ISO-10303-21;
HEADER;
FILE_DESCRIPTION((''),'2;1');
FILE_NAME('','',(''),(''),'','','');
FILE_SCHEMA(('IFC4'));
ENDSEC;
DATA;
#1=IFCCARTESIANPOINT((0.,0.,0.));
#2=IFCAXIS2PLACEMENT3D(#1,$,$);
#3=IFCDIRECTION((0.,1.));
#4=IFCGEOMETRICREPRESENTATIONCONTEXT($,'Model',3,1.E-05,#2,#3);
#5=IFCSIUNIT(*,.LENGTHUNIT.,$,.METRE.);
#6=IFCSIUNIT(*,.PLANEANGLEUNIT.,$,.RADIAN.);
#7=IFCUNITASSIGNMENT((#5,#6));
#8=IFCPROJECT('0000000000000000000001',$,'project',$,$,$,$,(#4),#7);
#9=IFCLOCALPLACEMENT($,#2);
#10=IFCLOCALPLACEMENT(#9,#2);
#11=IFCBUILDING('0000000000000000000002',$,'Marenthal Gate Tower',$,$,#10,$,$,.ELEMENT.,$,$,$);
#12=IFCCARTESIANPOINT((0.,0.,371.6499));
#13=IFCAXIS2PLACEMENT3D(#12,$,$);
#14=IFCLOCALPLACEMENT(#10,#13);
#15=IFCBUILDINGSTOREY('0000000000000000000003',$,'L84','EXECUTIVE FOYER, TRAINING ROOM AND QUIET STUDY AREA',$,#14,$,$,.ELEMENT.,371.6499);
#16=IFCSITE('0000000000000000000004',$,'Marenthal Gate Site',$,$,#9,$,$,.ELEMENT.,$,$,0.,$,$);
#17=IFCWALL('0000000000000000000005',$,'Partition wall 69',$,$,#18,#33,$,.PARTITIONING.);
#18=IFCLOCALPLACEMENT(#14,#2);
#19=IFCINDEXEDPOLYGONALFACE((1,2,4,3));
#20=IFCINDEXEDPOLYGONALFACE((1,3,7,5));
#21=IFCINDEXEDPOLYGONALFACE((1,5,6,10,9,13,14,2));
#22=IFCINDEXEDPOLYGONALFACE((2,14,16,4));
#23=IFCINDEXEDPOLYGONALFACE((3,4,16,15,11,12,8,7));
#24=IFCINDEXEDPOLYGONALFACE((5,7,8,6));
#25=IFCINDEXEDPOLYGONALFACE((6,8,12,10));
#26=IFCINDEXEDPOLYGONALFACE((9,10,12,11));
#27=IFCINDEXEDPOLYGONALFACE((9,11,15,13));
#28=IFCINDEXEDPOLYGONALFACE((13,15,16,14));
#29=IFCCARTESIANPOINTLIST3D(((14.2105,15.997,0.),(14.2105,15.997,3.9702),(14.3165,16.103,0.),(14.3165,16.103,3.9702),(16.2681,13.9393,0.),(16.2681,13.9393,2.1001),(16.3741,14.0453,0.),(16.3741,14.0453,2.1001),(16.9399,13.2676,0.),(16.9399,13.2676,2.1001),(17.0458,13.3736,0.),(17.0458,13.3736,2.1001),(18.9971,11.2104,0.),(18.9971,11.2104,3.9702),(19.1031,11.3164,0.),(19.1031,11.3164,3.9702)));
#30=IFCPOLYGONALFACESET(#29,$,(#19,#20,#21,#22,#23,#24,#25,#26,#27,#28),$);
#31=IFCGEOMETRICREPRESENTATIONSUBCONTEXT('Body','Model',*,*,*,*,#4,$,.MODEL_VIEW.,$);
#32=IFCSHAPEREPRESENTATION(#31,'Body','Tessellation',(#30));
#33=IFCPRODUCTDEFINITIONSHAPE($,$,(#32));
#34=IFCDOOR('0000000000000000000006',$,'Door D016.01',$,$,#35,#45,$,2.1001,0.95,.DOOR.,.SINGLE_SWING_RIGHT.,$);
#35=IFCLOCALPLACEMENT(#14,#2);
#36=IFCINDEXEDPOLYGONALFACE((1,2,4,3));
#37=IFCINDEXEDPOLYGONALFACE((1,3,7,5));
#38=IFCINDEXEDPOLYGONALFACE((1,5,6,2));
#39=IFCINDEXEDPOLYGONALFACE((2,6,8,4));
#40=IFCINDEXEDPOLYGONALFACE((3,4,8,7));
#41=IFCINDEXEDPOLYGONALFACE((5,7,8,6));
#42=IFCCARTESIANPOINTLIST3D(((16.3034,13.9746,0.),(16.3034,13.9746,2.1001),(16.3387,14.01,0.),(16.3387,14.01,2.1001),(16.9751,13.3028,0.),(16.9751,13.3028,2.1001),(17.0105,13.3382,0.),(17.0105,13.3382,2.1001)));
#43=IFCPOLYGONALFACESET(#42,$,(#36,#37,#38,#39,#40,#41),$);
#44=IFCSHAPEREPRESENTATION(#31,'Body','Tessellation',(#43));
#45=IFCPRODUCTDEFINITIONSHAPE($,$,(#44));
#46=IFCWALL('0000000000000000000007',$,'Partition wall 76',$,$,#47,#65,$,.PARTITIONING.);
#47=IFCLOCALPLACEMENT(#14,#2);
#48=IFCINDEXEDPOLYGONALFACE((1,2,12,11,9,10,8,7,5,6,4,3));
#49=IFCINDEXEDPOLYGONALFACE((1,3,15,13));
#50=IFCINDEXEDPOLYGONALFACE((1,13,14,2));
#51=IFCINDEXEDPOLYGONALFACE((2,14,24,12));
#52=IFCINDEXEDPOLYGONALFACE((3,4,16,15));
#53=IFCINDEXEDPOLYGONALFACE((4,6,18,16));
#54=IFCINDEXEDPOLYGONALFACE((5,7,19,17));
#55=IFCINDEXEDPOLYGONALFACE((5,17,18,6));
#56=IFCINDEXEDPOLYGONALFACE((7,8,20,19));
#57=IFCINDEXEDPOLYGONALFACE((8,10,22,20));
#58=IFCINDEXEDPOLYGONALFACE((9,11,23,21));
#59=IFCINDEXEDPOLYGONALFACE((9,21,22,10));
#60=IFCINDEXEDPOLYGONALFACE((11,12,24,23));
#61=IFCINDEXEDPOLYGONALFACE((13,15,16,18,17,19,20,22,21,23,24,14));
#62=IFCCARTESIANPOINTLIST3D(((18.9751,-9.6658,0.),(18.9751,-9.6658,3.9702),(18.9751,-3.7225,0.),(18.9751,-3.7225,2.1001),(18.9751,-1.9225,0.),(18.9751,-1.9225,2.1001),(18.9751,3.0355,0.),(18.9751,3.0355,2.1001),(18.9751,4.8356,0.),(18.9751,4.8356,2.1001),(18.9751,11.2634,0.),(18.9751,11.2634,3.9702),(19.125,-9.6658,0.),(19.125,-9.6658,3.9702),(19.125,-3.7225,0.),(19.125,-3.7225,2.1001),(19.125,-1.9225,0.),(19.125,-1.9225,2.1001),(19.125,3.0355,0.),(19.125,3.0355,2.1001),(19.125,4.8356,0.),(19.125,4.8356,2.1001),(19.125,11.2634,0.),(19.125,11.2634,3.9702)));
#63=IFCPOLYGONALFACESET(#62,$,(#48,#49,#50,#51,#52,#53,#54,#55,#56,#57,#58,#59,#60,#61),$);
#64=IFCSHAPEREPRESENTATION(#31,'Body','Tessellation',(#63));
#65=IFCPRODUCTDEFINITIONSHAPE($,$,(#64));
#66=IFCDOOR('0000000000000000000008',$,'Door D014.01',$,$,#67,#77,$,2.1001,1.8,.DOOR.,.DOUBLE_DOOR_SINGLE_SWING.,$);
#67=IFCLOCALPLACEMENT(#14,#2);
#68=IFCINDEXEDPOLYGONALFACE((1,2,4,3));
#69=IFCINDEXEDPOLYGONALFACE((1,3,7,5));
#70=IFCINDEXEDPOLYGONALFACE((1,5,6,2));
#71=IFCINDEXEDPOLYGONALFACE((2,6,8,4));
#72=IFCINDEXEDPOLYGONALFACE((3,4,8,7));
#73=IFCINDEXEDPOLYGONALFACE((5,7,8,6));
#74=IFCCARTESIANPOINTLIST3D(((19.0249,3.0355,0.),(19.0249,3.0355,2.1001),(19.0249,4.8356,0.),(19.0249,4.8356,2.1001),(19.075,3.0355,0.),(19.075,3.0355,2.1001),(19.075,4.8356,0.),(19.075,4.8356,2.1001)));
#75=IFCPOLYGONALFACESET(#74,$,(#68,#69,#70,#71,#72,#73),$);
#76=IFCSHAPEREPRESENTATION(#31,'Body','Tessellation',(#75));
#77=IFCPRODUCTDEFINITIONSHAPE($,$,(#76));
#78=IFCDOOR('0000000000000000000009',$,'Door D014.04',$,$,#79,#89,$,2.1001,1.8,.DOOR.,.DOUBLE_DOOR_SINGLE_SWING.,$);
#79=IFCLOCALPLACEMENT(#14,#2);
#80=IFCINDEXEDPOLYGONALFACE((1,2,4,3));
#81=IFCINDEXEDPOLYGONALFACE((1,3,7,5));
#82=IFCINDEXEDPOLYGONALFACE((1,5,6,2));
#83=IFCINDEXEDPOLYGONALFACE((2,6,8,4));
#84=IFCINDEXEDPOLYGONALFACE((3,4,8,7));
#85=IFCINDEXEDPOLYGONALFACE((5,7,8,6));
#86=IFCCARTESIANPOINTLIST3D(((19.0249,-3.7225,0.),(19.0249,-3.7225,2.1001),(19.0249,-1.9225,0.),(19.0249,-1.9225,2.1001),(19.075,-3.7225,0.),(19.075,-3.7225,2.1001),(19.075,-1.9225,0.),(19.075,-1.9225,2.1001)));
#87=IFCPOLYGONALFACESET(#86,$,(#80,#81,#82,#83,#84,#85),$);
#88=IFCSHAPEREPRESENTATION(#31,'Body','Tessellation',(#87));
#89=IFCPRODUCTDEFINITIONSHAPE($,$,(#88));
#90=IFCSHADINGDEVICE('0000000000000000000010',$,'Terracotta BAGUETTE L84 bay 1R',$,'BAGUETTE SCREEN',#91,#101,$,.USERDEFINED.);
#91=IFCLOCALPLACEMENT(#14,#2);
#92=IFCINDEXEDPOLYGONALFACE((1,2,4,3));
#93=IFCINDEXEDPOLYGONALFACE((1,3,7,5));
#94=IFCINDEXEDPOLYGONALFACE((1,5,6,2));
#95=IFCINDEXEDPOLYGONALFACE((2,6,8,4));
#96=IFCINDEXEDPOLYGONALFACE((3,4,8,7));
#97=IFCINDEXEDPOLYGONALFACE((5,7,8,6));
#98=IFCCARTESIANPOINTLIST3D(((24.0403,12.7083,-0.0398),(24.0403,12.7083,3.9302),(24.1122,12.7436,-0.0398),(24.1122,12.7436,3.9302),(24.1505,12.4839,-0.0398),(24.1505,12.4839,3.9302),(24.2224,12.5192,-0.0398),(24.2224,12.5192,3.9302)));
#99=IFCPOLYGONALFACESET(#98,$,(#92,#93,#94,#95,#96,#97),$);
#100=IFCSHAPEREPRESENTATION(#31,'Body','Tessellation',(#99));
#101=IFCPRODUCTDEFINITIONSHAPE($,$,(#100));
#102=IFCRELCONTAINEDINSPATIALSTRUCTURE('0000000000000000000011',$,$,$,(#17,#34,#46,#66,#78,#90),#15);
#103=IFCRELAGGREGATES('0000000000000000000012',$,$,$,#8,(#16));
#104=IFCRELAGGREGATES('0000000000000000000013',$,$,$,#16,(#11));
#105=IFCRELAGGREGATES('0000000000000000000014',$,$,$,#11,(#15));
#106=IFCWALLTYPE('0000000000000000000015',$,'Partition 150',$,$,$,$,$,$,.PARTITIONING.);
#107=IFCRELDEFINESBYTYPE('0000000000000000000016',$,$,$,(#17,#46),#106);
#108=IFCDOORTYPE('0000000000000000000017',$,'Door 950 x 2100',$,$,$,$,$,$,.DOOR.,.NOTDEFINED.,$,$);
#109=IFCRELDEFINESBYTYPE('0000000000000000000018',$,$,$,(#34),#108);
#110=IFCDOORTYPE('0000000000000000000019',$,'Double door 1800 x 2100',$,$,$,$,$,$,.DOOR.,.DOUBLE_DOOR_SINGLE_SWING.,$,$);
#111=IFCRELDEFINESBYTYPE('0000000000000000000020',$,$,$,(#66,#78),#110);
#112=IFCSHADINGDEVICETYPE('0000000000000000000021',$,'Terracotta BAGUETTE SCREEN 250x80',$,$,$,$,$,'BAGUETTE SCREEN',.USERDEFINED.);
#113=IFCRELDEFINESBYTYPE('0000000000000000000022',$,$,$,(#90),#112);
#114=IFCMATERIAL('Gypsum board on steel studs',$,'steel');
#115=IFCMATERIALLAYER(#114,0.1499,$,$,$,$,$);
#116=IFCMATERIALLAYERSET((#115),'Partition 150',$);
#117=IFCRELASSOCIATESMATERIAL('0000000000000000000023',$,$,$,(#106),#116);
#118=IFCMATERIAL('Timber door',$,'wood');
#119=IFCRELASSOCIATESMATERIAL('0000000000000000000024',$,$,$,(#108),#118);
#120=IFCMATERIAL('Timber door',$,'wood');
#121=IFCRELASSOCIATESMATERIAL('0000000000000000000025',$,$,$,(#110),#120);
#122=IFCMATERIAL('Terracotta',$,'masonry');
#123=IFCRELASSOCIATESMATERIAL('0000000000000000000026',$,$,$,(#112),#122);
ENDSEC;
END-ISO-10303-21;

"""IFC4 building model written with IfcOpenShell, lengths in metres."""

from ifc_helpers import new_model, si_unit, direction, frame, frame_2d, origin, origin_2d, place, context, subcontext, project, spatial, rectangle, extrude, material, layer, layer_set, material_profile, profile_set, type_object, element, fill, save


model = new_model("IFC4")

# Units and contexts
model_context = context("Model", 3, precision=1e-05, world=origin(), true_north=direction((0.0, 1.0)))
body_context = subcontext(model_context, "Body", "Model", "MODEL_VIEW")
ifc_project = project(units=[si_unit("LENGTHUNIT", "METRE"), si_unit("PLANEANGLEUNIT", "RADIAN")], contexts=[model_context])

# Site, building, storey
site_placement = place(None, origin())
site = spatial("IfcSite", under=ifc_project, at=site_placement, Name="Marenthal Gate Site", CompositionType="ELEMENT", RefElevation=0.0)
building_placement = place(site_placement, origin())
building = spatial("IfcBuilding", under=site, at=building_placement, Name="Marenthal Gate Tower", CompositionType="ELEMENT")
storey_placement = place(building_placement, frame((0.0, 0.0, 371.6499)))
storey = spatial("IfcBuildingStorey", under=building, at=storey_placement, Name="L84", Description="EXECUTIVE FOYER, TRAINING ROOM AND QUIET STUDY AREA", CompositionType="ELEMENT", Elevation=371.6499)

# Wall, opening, door
ifc_material_1 = material(Name="Gypsum board on steel studs", Category="steel")
ifc_layer_1 = layer(ifc_material_1, 0.1499)
ifc_layer_set_1 = layer_set([ifc_layer_1], Name="Partition 150")
wall_type_1 = type_object("IfcWallType", Name="Partition 150", PredefinedType="PARTITIONING", material=ifc_layer_set_1)
wall_1_placement = place(storey_placement, frame((14.2634, 16.05, 0.0), z_axis=(0.0, 0.0, 1.0), x_axis=(0.707107, -0.707107, 0.0)))
wall_1 = element("IfcWall", 1, at=wall_1_placement, inside=storey, type_object=wall_type_1, Name="Partition wall 69", PredefinedType="PARTITIONING", context=body_context, shape_type="SweptSolid", body=[
    extrude(rectangle(XDim=6.7693, YDim=0.1499, at=frame_2d((3.3848, 0.0))), origin(), (0.0, 0.0, 1.0), 3.9702),
])
opening_1_placement = place(wall_1_placement, frame((2.9099, 0.0, 0.0)))
opening_1 = element("IfcOpeningElement", 2, at=opening_1_placement, cuts=wall_1, PredefinedType="OPENING", context=body_context, shape_type="SweptSolid", body=[
    extrude(rectangle(XDim=0.95, YDim=2.1001, at=frame_2d((0.4751, 1.05))), frame((0.0, 0.085, 0.0), z_axis=(0.0, -1.0, 0.0), x_axis=(1.0, 0.0, 0.0)), (0.0, 0.0, 1.0), 0.1699),
])
ifc_material_2 = material(Name="Timber door", Category="wood")
door_type_1 = type_object("IfcDoorType", Name="Door 950 x 2100", OperationType="NOTDEFINED", PredefinedType="DOOR", material=ifc_material_2)
door_1_placement = place(opening_1_placement, origin())
door_1 = element("IfcDoor", 3, at=door_1_placement, inside=storey, type_object=door_type_1, Name="Door D016.01", OperationType="SINGLE_SWING_RIGHT", OverallHeight=2.1001, OverallWidth=0.95, PredefinedType="DOOR", context=body_context, shape_type="SweptSolid", body=[
    extrude(rectangle(XDim=0.95, YDim=2.1001, at=frame_2d((0.4751, 1.05))), frame((0.0, 0.0249, 0.0), z_axis=(0.0, -1.0, 0.0), x_axis=(1.0, 0.0, 0.0)), (0.0, 0.0, 1.0), 0.05),
])
fill(opening_1, door_1)

# Wall, openings, doors
wall_2_placement = place(storey_placement, frame((19.05, 11.2634, 0.0), z_axis=(0.0, 0.0, 1.0), x_axis=(0.0, -1.0, 0.0)))
wall_2 = element("IfcWall", 4, at=wall_2_placement, inside=storey, type_object=wall_type_1, Name="Partition wall 76", PredefinedType="PARTITIONING", context=body_context, shape_type="SweptSolid", body=[
    extrude(rectangle(XDim=20.9292, YDim=0.1499, at=frame_2d((10.4646, 0.0))), origin(), (0.0, 0.0, 1.0), 3.9702),
])
opening_2_placement = place(wall_2_placement, frame((6.428, 0.0, 0.0)))
opening_2 = element("IfcOpeningElement", 5, at=opening_2_placement, cuts=wall_2, PredefinedType="OPENING", context=body_context, shape_type="SweptSolid", body=[
    extrude(rectangle(XDim=1.8, YDim=2.1001, at=frame_2d((0.8999, 1.05))), frame((0.0, 0.085, 0.0), z_axis=(0.0, -1.0, 0.0), x_axis=(1.0, 0.0, 0.0)), (0.0, 0.0, 1.0), 0.1699),
])
opening_3_placement = place(wall_2_placement, frame((13.186, 0.0, 0.0)))
opening_3 = element("IfcOpeningElement", 6, at=opening_3_placement, cuts=wall_2, PredefinedType="OPENING", context=body_context, shape_type="SweptSolid", body=[
    extrude(rectangle(XDim=1.8, YDim=2.1001, at=frame_2d((0.8999, 1.05))), frame((0.0, 0.085, 0.0), z_axis=(0.0, -1.0, 0.0), x_axis=(1.0, 0.0, 0.0)), (0.0, 0.0, 1.0), 0.1699),
])
ifc_material_3 = material(Name="Timber door", Category="wood")
door_type_2 = type_object("IfcDoorType", Name="Double door 1800 x 2100", OperationType="DOUBLE_DOOR_SINGLE_SWING", PredefinedType="DOOR", material=ifc_material_3)
door_2_placement = place(opening_2_placement, origin())
door_2 = element("IfcDoor", 7, at=door_2_placement, inside=storey, type_object=door_type_2, Name="Door D014.01", OperationType="DOUBLE_DOOR_SINGLE_SWING", OverallHeight=2.1001, OverallWidth=1.8, PredefinedType="DOOR", context=body_context, shape_type="SweptSolid", body=[
    extrude(rectangle(XDim=1.8, YDim=2.1001, at=frame_2d((0.8999, 1.05))), frame((0.0, 0.0249, 0.0), z_axis=(0.0, -1.0, 0.0), x_axis=(1.0, 0.0, 0.0)), (0.0, 0.0, 1.0), 0.05),
])
fill(opening_2, door_2)
door_3_placement = place(opening_3_placement, origin())
door_3 = element("IfcDoor", 8, at=door_3_placement, inside=storey, type_object=door_type_2, Name="Door D014.04", OperationType="DOUBLE_DOOR_SINGLE_SWING", OverallHeight=2.1001, OverallWidth=1.8, PredefinedType="DOOR", context=body_context, shape_type="SweptSolid", body=[
    extrude(rectangle(XDim=1.8, YDim=2.1001, at=frame_2d((0.8999, 1.05))), frame((0.0, 0.0249, 0.0), z_axis=(0.0, -1.0, 0.0), x_axis=(1.0, 0.0, 0.0)), (0.0, 0.0, 1.0), 0.05),
])
fill(opening_3, door_3)

# Shading device
ifc_material_4 = material(Name="Terracotta", Category="masonry")
ifc_material_profile_1 = material_profile(ifc_material_4, rectangle(XDim=0.25, YDim=0.0801, at=origin_2d()), Name="Terracotta baguette 250x80")
ifc_profile_set_1 = profile_set([ifc_material_profile_1], Name="Terracotta")
shading_device_type = type_object("IfcShadingDeviceType", Name="Terracotta BAGUETTE SCREEN 250x80", ElementType="BAGUETTE SCREEN", PredefinedType="USERDEFINED", material=ifc_profile_set_1)
shading_device_placement = place(storey_placement, frame((24.1313, 12.6138, -0.0398), z_axis=(0.0, 0.0, 1.0), x_axis=(-0.440939, 0.897537, 0.0)))
element("IfcShadingDevice", 9, at=shading_device_placement, inside=storey, type_object=shading_device_type, Name="Terracotta BAGUETTE L84 bay 1R", ObjectType="BAGUETTE SCREEN", PredefinedType="USERDEFINED", context=body_context, shape_type="SweptSolid", body=[
    extrude(rectangle(XDim=0.25, YDim=0.0801, at=origin_2d()), origin(), (0.0, 0.0, 1.0), 3.97),
])

save(model, "model.ifc")
